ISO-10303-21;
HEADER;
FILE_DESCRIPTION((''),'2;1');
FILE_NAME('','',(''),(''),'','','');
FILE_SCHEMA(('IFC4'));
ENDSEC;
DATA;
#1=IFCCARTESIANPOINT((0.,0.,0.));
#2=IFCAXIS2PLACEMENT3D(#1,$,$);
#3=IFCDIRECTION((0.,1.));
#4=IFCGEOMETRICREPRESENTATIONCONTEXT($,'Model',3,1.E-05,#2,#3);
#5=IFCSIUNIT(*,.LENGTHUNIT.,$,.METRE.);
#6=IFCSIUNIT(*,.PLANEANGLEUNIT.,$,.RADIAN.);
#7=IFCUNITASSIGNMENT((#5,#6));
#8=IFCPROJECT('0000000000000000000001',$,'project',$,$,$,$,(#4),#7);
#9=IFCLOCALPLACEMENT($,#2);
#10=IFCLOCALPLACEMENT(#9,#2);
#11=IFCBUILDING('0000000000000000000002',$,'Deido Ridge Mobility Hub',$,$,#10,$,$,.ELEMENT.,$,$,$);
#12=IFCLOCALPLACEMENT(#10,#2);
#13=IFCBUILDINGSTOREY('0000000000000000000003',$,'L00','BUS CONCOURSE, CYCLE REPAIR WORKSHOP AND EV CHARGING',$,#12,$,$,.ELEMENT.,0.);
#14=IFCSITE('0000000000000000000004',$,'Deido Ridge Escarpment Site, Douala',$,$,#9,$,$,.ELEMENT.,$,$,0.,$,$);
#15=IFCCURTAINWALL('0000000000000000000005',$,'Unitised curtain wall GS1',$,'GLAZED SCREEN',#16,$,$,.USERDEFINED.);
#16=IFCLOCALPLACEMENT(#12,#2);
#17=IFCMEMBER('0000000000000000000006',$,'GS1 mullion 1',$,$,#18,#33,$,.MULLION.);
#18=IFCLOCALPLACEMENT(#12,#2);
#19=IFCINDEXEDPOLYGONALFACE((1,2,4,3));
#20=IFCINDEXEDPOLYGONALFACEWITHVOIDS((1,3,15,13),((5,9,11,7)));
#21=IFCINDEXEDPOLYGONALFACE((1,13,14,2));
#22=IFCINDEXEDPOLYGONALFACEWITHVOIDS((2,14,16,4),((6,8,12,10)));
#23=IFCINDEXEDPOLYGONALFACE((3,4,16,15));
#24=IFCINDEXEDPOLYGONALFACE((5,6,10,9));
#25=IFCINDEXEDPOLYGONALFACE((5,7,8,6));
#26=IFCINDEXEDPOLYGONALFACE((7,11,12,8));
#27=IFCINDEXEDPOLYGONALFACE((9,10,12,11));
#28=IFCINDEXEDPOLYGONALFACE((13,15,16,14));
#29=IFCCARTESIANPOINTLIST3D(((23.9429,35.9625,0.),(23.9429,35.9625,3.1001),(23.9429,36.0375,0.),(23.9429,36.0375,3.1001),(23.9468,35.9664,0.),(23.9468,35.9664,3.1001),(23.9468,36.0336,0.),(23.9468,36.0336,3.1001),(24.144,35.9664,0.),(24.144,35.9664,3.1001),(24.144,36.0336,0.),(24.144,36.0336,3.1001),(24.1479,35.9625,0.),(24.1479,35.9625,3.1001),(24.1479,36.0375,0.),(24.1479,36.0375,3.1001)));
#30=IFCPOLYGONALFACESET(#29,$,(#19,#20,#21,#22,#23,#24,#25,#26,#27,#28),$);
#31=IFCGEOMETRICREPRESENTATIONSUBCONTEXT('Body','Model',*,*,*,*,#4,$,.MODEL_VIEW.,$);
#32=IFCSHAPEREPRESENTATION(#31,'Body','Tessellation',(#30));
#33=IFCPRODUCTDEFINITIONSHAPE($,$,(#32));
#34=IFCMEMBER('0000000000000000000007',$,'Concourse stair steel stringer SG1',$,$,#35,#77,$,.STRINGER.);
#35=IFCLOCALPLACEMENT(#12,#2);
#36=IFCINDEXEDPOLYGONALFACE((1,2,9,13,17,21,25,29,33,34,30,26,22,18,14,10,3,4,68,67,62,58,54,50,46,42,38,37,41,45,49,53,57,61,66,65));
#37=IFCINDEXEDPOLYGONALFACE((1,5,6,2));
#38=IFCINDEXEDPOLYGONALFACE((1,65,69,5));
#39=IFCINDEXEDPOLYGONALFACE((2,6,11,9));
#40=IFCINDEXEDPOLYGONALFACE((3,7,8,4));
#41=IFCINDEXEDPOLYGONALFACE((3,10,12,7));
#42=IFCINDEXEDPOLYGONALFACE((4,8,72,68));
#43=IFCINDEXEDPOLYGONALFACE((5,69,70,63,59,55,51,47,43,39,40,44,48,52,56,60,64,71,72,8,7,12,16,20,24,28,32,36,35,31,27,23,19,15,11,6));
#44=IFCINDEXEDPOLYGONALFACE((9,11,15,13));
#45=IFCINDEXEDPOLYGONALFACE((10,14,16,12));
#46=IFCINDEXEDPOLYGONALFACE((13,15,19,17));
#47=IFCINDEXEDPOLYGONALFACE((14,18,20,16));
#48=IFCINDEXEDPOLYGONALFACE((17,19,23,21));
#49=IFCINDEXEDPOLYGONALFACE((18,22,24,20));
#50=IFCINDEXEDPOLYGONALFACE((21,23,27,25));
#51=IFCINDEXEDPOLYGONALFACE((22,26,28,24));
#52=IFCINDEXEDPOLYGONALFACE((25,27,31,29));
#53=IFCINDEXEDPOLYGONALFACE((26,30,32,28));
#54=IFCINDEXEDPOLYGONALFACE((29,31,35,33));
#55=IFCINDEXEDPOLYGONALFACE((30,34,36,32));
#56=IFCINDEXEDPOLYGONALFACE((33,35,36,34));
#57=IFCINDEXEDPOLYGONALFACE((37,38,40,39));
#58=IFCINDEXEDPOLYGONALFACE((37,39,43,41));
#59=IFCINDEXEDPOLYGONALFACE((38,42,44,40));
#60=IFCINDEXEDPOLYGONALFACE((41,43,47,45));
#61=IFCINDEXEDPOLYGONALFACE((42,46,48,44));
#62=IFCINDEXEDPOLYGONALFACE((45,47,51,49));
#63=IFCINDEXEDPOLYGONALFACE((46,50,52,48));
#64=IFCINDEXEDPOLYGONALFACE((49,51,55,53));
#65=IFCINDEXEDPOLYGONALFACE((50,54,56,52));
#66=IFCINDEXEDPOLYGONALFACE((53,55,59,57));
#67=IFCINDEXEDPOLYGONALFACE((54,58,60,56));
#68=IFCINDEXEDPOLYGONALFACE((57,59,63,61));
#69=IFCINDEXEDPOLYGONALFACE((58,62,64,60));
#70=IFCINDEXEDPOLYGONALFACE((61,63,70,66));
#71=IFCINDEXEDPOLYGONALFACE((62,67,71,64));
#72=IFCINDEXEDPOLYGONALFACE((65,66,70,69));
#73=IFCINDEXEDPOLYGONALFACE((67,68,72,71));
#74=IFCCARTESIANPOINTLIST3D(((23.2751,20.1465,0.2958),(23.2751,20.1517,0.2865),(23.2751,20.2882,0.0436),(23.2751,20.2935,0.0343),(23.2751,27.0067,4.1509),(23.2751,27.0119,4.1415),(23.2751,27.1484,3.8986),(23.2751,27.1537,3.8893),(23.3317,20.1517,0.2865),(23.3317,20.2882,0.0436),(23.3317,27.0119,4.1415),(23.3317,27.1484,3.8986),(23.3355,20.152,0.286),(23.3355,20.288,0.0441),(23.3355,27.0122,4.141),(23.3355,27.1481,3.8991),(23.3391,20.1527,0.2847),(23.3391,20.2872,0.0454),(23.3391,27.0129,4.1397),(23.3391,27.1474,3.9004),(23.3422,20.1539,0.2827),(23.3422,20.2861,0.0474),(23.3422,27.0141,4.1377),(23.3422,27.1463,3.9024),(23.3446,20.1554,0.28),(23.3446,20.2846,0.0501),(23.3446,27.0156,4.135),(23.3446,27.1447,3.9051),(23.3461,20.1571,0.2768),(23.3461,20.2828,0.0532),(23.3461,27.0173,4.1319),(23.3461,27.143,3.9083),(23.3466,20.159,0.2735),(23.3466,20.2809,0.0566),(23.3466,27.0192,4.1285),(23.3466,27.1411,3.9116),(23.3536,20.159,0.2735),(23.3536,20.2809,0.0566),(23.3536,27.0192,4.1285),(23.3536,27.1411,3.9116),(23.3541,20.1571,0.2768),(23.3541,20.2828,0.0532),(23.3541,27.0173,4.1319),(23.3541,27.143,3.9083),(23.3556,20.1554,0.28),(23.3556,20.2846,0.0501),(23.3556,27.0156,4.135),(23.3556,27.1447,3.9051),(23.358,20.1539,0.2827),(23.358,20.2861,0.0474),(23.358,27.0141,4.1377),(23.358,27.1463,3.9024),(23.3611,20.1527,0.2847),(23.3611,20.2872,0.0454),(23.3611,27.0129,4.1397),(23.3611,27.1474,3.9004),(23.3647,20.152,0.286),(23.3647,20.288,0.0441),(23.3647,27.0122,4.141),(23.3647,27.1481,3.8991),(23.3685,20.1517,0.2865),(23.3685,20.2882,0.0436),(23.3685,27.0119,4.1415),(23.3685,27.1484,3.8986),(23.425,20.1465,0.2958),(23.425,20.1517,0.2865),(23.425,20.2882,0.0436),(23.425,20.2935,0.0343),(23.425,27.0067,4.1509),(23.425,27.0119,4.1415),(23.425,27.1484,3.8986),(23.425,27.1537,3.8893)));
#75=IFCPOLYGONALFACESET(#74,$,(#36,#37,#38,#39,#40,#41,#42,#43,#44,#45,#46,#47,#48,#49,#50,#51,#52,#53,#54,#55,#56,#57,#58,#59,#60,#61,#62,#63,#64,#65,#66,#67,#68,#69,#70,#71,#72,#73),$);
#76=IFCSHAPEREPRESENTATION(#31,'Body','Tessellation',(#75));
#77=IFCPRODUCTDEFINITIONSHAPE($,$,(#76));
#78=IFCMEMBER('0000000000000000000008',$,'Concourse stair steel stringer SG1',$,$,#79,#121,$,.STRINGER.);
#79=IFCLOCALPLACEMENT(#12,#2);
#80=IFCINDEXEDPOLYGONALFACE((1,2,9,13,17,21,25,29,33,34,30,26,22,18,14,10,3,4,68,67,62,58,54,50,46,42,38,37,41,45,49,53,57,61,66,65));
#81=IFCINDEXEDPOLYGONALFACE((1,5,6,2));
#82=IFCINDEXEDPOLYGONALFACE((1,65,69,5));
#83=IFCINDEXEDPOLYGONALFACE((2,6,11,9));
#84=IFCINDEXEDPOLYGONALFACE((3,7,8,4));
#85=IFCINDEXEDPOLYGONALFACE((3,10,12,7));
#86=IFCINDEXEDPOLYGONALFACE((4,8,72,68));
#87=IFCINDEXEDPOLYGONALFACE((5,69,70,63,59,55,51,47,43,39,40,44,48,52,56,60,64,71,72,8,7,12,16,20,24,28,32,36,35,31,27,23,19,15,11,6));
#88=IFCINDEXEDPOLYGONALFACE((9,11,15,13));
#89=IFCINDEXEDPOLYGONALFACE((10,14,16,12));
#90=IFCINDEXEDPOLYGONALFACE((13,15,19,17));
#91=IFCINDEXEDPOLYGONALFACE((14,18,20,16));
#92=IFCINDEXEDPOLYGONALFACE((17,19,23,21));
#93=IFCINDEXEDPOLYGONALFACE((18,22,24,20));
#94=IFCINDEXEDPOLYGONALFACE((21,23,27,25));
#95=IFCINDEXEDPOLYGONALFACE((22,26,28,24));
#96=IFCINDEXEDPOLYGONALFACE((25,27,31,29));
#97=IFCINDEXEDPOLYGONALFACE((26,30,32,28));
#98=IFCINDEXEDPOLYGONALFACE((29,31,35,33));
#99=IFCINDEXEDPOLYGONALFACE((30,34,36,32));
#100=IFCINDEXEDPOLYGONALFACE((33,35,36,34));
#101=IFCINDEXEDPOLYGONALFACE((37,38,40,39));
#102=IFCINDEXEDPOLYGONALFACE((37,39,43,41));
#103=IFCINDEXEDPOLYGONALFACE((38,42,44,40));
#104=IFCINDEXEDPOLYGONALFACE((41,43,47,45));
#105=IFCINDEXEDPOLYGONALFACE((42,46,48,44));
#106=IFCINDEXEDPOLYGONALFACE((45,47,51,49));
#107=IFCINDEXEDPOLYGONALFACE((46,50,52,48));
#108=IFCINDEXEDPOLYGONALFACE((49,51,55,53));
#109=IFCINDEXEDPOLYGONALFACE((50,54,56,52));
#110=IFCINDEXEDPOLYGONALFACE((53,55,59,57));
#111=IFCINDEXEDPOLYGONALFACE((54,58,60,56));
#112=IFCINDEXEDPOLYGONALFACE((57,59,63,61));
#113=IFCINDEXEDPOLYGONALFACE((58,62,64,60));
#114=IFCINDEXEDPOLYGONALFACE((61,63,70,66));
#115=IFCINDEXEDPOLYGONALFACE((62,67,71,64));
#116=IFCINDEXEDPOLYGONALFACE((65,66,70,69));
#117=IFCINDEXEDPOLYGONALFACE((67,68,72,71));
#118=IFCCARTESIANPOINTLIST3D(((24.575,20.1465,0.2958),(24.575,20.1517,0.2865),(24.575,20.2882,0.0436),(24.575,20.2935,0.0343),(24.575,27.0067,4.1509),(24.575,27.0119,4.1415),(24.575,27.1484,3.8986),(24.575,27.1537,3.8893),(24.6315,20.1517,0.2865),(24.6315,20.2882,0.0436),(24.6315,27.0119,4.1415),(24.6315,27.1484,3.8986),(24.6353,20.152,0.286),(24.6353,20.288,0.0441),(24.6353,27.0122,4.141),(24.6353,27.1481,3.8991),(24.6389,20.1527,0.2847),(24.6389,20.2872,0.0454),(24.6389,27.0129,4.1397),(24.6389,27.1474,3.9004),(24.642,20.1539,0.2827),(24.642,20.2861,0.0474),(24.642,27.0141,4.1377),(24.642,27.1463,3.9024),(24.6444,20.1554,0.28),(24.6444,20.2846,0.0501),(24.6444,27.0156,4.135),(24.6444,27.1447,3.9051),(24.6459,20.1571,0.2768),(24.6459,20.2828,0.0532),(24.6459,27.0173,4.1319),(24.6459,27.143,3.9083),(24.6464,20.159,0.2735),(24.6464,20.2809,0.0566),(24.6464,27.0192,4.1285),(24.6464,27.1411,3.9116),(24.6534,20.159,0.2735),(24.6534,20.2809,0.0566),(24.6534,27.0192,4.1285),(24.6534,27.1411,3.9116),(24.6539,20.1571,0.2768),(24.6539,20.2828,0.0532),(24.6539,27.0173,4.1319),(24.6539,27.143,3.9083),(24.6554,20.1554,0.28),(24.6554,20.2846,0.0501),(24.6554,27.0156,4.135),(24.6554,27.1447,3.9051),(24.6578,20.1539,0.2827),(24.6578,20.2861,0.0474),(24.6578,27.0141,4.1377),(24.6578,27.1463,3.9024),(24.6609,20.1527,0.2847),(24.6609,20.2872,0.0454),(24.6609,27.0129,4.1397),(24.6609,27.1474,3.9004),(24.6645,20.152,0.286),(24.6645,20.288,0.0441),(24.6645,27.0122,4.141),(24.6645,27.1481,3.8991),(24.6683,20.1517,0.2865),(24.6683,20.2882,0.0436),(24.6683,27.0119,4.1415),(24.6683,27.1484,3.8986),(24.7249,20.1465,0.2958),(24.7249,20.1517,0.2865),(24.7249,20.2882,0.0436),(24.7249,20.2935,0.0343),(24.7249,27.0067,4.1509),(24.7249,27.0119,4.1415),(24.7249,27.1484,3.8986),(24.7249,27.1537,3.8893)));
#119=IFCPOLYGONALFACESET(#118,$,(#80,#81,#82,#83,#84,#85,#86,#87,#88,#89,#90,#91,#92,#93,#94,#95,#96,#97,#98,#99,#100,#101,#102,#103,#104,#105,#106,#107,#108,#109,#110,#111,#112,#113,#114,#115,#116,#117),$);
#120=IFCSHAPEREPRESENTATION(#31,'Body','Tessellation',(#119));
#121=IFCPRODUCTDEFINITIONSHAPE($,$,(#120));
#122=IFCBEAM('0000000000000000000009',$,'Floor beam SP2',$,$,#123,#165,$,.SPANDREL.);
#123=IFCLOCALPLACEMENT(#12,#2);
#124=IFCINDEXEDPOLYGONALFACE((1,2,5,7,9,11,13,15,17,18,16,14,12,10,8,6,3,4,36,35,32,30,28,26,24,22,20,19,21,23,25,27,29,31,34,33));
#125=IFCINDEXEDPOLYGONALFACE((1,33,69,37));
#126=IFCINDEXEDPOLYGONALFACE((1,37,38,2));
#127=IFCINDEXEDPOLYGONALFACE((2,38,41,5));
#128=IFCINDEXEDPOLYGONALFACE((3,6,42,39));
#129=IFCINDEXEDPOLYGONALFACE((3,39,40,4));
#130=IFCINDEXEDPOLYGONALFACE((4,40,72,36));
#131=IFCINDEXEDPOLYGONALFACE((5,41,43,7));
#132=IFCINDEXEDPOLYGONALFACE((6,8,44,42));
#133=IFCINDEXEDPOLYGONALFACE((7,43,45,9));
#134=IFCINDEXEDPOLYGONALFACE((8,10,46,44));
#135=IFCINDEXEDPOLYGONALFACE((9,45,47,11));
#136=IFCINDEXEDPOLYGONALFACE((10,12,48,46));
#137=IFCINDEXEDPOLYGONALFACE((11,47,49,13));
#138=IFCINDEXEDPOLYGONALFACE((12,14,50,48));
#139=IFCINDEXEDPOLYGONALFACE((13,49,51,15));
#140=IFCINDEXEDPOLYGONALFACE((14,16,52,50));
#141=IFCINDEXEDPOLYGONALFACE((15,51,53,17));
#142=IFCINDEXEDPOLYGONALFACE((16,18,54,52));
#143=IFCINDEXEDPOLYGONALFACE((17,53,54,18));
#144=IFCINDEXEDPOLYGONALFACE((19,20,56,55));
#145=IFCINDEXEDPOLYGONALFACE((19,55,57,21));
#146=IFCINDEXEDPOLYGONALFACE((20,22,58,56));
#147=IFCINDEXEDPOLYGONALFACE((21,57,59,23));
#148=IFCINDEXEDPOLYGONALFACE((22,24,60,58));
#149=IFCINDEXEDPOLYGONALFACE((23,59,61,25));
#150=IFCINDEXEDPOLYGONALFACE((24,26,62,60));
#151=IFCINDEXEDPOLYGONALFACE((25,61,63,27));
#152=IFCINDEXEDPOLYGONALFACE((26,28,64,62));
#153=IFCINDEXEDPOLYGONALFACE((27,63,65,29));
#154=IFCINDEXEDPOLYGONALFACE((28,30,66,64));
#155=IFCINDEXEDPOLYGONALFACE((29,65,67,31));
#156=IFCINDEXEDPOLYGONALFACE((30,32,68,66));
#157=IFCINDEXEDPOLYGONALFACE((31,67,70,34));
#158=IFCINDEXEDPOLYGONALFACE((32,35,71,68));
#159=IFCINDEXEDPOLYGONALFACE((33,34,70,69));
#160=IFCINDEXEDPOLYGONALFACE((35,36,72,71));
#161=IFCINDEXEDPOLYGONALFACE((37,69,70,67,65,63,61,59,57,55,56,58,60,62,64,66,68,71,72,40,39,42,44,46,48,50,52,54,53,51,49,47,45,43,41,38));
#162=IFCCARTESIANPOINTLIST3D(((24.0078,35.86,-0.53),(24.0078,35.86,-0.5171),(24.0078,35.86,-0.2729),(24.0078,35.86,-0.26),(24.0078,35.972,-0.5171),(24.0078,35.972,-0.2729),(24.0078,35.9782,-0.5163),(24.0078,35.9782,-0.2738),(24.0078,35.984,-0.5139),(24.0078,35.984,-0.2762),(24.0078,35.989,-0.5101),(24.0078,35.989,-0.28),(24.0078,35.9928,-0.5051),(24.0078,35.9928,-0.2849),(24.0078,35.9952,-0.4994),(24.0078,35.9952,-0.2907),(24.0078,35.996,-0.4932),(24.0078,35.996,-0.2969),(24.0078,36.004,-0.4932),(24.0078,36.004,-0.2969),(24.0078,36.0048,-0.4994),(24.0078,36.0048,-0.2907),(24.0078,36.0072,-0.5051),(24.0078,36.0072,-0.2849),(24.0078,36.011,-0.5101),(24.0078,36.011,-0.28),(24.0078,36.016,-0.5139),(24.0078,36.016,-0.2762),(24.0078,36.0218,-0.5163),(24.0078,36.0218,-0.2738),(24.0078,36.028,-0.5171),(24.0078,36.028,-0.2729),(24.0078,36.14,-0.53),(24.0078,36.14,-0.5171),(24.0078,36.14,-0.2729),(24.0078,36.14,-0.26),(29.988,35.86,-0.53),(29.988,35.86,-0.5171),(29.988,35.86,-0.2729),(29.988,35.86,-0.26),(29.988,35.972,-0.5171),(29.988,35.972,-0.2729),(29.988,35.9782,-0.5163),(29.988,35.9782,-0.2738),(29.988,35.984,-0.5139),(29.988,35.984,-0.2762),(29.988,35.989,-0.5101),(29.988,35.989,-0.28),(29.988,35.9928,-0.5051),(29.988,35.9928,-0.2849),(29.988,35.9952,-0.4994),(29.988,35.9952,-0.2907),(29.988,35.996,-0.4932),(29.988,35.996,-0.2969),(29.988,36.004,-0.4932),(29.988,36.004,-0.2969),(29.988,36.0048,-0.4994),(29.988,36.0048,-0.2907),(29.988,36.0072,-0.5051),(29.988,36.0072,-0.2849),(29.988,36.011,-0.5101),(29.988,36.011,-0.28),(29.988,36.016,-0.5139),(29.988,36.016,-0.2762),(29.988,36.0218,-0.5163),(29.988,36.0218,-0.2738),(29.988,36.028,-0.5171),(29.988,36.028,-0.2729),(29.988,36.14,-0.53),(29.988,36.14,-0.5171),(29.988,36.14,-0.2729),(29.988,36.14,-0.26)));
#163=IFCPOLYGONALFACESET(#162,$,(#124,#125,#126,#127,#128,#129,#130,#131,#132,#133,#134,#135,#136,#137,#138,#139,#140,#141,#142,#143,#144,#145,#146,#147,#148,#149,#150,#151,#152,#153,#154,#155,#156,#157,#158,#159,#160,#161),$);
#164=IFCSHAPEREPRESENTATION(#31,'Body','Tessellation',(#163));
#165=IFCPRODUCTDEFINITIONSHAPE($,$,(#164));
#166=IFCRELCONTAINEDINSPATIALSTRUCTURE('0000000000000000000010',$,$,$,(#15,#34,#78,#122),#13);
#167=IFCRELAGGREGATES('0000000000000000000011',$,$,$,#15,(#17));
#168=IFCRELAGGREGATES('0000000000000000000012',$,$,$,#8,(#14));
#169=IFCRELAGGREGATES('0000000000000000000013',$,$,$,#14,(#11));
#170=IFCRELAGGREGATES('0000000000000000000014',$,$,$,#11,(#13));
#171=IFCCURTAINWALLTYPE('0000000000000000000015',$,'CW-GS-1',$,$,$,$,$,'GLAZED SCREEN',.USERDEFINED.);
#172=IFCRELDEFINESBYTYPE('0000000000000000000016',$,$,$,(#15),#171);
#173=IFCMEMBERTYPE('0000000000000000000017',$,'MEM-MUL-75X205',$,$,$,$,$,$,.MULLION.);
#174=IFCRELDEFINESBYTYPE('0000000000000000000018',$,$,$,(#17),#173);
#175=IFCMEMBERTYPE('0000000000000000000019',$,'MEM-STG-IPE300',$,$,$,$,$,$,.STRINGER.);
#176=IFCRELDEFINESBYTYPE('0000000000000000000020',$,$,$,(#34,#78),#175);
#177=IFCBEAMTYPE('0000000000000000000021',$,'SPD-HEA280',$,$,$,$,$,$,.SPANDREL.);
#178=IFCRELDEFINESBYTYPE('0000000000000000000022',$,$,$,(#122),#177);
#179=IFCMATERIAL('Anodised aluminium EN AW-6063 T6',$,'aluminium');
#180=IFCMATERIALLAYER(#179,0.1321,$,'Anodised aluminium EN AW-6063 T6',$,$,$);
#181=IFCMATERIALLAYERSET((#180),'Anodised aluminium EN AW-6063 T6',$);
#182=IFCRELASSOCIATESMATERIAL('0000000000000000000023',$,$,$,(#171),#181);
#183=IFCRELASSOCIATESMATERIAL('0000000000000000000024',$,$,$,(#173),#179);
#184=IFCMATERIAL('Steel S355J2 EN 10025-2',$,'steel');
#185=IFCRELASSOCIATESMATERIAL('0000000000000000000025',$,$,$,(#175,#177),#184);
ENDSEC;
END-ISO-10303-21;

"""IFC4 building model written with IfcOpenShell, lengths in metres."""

from ifc_helpers import new_model, si_unit, direction, frame, origin, origin_2d, place, context, subcontext, project, spatial, hollow_rectangle, i_section, extrude, material, layer, layer_set, material_profile, profile_set, type_object, element, aggregate, save


model = new_model("IFC4")

# Units and contexts
model_context = context("Model", 3, precision=1e-05, world=origin(), true_north=direction((0.0, 1.0)))
body_context = subcontext(model_context, "Body", "Model", "MODEL_VIEW")
ifc_project = project(units=[si_unit("LENGTHUNIT", "METRE"), si_unit("PLANEANGLEUNIT", "RADIAN")], contexts=[model_context])

# Site, building, storey
site_placement = place(None, origin())
site = spatial("IfcSite", under=ifc_project, at=site_placement, Name="Deido Ridge Escarpment Site, Douala", CompositionType="ELEMENT", RefElevation=0.0)
building_placement = place(site_placement, origin())
building = spatial("IfcBuilding", under=site, at=building_placement, Name="Deido Ridge Mobility Hub", CompositionType="ELEMENT")
storey_placement = place(building_placement, origin())
storey = spatial("IfcBuildingStorey", under=building, at=storey_placement, Name="L00", Description="BUS CONCOURSE, CYCLE REPAIR WORKSHOP AND EV CHARGING", CompositionType="ELEMENT", Elevation=0.0)

# Shared definitions
ifc_material_1 = material(Name="Steel S355J2 EN 10025-2", Category="steel")

# Curtain wall, member
ifc_material_2 = material(Name="Anodised aluminium EN AW-6063 T6", Category="aluminium")
ifc_layer_1 = layer(ifc_material_2, 0.1321, Name="Anodised aluminium EN AW-6063 T6")
ifc_layer_set_1 = layer_set([ifc_layer_1], Name="Anodised aluminium EN AW-6063 T6")
curtain_wall_type = type_object("IfcCurtainWallType", Name="CW-GS-1", ElementType="GLAZED SCREEN", PredefinedType="USERDEFINED", material=ifc_layer_set_1)
curtain_wall_placement = place(storey_placement, origin())
curtain_wall = element("IfcCurtainWall", 1, at=curtain_wall_placement, inside=storey, type_object=curtain_wall_type, Name="Unitised curtain wall GS1", ObjectType="GLAZED SCREEN", PredefinedType="USERDEFINED")
ifc_material_profile_1 = material_profile(ifc_material_2, hollow_rectangle(XDim=0.075, YDim=0.2051, WallThickness=0.0039, at=origin_2d()), Name="RHS 75x205x4")
ifc_profile_set_1 = profile_set([ifc_material_profile_1], Name="Anodised aluminium EN AW-6063 T6")
member_type_1 = type_object("IfcMemberType", Name="MEM-MUL-75X205", PredefinedType="MULLION", material=ifc_profile_set_1)
member_placement = place(storey_placement, frame((24.0454, 36.0, 0.0), z_axis=(0.0, 0.0, 1.0), x_axis=(0.0, 1.0, 0.0)))
member = element("IfcMember", 2, at=member_placement, type_object=member_type_1, Name="GS1 mullion 1", PredefinedType="MULLION", context=body_context, shape_type="SweptSolid", body=[
    extrude(hollow_rectangle(XDim=0.075, YDim=0.2051, WallThickness=0.0039, at=origin_2d()), origin(), (0.0, 0.0, 1.0), 3.1001),
])
aggregate(curtain_wall, [member])

# Members
ifc_material_profile_2 = material_profile(ifc_material_1, i_section(OverallWidth=0.1499, OverallDepth=0.3, WebThickness=0.0071, FlangeThickness=0.0107, FilletRadius=0.0149, at=origin_2d()), Name="IPE 300")
ifc_profile_set_2 = profile_set([ifc_material_profile_2], Name="Steel S355J2 EN 10025-2")
member_type_2 = type_object("IfcMemberType", Name="MEM-STG-IPE300", PredefinedType="STRINGER", material=ifc_profile_set_2)
for number, where, z_axis, x_axis, name in (
    (3, (23.3501, 20.22, 0.165), (0.0, 0.871783, 0.489891), (-1.0, 0.0, 0.0), "Concourse stair steel stringer SG1"),
    (4, (24.6499, 20.22, 0.165), (0.0, 0.871783, 0.489891), (-1.0, 0.0, 0.0), "Concourse stair steel stringer SG1"),
):
    element("IfcMember", number, at=place(storey_placement, frame(where, z_axis=z_axis, x_axis=x_axis)), inside=storey, type_object=member_type_2, Name=name, PredefinedType="STRINGER", context=body_context, shape_type="SweptSolid", body=[
        extrude(i_section(OverallWidth=0.1499, OverallDepth=0.3, WebThickness=0.0071, FlangeThickness=0.0107, FilletRadius=0.0149, at=origin_2d()), origin(), (0.0, 0.0, 1.0), 7.8691),
    ])

# Beam
ifc_material_profile_3 = material_profile(ifc_material_1, i_section(OverallWidth=0.28, OverallDepth=0.27, WebThickness=0.0081, FlangeThickness=0.0129, FilletRadius=0.0239, at=origin_2d()), Name="HEA 280")
ifc_profile_set_3 = profile_set([ifc_material_profile_3], Name="Steel S355J2 EN 10025-2")
beam_type_1 = type_object("IfcBeamType", Name="SPD-HEA280", PredefinedType="SPANDREL", material=ifc_profile_set_3)
beam_1_placement = place(storey_placement, frame((24.0078, 36.0, -0.395), z_axis=(1.0, 0.0, 0.0), x_axis=(0.0, 1.0, 0.0)))
element("IfcBeam", 5, at=beam_1_placement, inside=storey, type_object=beam_type_1, Name="Floor beam SP2", PredefinedType="SPANDREL", context=body_context, shape_type="SweptSolid", body=[
    extrude(i_section(OverallWidth=0.28, OverallDepth=0.27, WebThickness=0.0081, FlangeThickness=0.0129, FilletRadius=0.0239, at=origin_2d()), origin(), (0.0, 0.0, 1.0), 5.9802),
])

save(model, "model.ifc")
